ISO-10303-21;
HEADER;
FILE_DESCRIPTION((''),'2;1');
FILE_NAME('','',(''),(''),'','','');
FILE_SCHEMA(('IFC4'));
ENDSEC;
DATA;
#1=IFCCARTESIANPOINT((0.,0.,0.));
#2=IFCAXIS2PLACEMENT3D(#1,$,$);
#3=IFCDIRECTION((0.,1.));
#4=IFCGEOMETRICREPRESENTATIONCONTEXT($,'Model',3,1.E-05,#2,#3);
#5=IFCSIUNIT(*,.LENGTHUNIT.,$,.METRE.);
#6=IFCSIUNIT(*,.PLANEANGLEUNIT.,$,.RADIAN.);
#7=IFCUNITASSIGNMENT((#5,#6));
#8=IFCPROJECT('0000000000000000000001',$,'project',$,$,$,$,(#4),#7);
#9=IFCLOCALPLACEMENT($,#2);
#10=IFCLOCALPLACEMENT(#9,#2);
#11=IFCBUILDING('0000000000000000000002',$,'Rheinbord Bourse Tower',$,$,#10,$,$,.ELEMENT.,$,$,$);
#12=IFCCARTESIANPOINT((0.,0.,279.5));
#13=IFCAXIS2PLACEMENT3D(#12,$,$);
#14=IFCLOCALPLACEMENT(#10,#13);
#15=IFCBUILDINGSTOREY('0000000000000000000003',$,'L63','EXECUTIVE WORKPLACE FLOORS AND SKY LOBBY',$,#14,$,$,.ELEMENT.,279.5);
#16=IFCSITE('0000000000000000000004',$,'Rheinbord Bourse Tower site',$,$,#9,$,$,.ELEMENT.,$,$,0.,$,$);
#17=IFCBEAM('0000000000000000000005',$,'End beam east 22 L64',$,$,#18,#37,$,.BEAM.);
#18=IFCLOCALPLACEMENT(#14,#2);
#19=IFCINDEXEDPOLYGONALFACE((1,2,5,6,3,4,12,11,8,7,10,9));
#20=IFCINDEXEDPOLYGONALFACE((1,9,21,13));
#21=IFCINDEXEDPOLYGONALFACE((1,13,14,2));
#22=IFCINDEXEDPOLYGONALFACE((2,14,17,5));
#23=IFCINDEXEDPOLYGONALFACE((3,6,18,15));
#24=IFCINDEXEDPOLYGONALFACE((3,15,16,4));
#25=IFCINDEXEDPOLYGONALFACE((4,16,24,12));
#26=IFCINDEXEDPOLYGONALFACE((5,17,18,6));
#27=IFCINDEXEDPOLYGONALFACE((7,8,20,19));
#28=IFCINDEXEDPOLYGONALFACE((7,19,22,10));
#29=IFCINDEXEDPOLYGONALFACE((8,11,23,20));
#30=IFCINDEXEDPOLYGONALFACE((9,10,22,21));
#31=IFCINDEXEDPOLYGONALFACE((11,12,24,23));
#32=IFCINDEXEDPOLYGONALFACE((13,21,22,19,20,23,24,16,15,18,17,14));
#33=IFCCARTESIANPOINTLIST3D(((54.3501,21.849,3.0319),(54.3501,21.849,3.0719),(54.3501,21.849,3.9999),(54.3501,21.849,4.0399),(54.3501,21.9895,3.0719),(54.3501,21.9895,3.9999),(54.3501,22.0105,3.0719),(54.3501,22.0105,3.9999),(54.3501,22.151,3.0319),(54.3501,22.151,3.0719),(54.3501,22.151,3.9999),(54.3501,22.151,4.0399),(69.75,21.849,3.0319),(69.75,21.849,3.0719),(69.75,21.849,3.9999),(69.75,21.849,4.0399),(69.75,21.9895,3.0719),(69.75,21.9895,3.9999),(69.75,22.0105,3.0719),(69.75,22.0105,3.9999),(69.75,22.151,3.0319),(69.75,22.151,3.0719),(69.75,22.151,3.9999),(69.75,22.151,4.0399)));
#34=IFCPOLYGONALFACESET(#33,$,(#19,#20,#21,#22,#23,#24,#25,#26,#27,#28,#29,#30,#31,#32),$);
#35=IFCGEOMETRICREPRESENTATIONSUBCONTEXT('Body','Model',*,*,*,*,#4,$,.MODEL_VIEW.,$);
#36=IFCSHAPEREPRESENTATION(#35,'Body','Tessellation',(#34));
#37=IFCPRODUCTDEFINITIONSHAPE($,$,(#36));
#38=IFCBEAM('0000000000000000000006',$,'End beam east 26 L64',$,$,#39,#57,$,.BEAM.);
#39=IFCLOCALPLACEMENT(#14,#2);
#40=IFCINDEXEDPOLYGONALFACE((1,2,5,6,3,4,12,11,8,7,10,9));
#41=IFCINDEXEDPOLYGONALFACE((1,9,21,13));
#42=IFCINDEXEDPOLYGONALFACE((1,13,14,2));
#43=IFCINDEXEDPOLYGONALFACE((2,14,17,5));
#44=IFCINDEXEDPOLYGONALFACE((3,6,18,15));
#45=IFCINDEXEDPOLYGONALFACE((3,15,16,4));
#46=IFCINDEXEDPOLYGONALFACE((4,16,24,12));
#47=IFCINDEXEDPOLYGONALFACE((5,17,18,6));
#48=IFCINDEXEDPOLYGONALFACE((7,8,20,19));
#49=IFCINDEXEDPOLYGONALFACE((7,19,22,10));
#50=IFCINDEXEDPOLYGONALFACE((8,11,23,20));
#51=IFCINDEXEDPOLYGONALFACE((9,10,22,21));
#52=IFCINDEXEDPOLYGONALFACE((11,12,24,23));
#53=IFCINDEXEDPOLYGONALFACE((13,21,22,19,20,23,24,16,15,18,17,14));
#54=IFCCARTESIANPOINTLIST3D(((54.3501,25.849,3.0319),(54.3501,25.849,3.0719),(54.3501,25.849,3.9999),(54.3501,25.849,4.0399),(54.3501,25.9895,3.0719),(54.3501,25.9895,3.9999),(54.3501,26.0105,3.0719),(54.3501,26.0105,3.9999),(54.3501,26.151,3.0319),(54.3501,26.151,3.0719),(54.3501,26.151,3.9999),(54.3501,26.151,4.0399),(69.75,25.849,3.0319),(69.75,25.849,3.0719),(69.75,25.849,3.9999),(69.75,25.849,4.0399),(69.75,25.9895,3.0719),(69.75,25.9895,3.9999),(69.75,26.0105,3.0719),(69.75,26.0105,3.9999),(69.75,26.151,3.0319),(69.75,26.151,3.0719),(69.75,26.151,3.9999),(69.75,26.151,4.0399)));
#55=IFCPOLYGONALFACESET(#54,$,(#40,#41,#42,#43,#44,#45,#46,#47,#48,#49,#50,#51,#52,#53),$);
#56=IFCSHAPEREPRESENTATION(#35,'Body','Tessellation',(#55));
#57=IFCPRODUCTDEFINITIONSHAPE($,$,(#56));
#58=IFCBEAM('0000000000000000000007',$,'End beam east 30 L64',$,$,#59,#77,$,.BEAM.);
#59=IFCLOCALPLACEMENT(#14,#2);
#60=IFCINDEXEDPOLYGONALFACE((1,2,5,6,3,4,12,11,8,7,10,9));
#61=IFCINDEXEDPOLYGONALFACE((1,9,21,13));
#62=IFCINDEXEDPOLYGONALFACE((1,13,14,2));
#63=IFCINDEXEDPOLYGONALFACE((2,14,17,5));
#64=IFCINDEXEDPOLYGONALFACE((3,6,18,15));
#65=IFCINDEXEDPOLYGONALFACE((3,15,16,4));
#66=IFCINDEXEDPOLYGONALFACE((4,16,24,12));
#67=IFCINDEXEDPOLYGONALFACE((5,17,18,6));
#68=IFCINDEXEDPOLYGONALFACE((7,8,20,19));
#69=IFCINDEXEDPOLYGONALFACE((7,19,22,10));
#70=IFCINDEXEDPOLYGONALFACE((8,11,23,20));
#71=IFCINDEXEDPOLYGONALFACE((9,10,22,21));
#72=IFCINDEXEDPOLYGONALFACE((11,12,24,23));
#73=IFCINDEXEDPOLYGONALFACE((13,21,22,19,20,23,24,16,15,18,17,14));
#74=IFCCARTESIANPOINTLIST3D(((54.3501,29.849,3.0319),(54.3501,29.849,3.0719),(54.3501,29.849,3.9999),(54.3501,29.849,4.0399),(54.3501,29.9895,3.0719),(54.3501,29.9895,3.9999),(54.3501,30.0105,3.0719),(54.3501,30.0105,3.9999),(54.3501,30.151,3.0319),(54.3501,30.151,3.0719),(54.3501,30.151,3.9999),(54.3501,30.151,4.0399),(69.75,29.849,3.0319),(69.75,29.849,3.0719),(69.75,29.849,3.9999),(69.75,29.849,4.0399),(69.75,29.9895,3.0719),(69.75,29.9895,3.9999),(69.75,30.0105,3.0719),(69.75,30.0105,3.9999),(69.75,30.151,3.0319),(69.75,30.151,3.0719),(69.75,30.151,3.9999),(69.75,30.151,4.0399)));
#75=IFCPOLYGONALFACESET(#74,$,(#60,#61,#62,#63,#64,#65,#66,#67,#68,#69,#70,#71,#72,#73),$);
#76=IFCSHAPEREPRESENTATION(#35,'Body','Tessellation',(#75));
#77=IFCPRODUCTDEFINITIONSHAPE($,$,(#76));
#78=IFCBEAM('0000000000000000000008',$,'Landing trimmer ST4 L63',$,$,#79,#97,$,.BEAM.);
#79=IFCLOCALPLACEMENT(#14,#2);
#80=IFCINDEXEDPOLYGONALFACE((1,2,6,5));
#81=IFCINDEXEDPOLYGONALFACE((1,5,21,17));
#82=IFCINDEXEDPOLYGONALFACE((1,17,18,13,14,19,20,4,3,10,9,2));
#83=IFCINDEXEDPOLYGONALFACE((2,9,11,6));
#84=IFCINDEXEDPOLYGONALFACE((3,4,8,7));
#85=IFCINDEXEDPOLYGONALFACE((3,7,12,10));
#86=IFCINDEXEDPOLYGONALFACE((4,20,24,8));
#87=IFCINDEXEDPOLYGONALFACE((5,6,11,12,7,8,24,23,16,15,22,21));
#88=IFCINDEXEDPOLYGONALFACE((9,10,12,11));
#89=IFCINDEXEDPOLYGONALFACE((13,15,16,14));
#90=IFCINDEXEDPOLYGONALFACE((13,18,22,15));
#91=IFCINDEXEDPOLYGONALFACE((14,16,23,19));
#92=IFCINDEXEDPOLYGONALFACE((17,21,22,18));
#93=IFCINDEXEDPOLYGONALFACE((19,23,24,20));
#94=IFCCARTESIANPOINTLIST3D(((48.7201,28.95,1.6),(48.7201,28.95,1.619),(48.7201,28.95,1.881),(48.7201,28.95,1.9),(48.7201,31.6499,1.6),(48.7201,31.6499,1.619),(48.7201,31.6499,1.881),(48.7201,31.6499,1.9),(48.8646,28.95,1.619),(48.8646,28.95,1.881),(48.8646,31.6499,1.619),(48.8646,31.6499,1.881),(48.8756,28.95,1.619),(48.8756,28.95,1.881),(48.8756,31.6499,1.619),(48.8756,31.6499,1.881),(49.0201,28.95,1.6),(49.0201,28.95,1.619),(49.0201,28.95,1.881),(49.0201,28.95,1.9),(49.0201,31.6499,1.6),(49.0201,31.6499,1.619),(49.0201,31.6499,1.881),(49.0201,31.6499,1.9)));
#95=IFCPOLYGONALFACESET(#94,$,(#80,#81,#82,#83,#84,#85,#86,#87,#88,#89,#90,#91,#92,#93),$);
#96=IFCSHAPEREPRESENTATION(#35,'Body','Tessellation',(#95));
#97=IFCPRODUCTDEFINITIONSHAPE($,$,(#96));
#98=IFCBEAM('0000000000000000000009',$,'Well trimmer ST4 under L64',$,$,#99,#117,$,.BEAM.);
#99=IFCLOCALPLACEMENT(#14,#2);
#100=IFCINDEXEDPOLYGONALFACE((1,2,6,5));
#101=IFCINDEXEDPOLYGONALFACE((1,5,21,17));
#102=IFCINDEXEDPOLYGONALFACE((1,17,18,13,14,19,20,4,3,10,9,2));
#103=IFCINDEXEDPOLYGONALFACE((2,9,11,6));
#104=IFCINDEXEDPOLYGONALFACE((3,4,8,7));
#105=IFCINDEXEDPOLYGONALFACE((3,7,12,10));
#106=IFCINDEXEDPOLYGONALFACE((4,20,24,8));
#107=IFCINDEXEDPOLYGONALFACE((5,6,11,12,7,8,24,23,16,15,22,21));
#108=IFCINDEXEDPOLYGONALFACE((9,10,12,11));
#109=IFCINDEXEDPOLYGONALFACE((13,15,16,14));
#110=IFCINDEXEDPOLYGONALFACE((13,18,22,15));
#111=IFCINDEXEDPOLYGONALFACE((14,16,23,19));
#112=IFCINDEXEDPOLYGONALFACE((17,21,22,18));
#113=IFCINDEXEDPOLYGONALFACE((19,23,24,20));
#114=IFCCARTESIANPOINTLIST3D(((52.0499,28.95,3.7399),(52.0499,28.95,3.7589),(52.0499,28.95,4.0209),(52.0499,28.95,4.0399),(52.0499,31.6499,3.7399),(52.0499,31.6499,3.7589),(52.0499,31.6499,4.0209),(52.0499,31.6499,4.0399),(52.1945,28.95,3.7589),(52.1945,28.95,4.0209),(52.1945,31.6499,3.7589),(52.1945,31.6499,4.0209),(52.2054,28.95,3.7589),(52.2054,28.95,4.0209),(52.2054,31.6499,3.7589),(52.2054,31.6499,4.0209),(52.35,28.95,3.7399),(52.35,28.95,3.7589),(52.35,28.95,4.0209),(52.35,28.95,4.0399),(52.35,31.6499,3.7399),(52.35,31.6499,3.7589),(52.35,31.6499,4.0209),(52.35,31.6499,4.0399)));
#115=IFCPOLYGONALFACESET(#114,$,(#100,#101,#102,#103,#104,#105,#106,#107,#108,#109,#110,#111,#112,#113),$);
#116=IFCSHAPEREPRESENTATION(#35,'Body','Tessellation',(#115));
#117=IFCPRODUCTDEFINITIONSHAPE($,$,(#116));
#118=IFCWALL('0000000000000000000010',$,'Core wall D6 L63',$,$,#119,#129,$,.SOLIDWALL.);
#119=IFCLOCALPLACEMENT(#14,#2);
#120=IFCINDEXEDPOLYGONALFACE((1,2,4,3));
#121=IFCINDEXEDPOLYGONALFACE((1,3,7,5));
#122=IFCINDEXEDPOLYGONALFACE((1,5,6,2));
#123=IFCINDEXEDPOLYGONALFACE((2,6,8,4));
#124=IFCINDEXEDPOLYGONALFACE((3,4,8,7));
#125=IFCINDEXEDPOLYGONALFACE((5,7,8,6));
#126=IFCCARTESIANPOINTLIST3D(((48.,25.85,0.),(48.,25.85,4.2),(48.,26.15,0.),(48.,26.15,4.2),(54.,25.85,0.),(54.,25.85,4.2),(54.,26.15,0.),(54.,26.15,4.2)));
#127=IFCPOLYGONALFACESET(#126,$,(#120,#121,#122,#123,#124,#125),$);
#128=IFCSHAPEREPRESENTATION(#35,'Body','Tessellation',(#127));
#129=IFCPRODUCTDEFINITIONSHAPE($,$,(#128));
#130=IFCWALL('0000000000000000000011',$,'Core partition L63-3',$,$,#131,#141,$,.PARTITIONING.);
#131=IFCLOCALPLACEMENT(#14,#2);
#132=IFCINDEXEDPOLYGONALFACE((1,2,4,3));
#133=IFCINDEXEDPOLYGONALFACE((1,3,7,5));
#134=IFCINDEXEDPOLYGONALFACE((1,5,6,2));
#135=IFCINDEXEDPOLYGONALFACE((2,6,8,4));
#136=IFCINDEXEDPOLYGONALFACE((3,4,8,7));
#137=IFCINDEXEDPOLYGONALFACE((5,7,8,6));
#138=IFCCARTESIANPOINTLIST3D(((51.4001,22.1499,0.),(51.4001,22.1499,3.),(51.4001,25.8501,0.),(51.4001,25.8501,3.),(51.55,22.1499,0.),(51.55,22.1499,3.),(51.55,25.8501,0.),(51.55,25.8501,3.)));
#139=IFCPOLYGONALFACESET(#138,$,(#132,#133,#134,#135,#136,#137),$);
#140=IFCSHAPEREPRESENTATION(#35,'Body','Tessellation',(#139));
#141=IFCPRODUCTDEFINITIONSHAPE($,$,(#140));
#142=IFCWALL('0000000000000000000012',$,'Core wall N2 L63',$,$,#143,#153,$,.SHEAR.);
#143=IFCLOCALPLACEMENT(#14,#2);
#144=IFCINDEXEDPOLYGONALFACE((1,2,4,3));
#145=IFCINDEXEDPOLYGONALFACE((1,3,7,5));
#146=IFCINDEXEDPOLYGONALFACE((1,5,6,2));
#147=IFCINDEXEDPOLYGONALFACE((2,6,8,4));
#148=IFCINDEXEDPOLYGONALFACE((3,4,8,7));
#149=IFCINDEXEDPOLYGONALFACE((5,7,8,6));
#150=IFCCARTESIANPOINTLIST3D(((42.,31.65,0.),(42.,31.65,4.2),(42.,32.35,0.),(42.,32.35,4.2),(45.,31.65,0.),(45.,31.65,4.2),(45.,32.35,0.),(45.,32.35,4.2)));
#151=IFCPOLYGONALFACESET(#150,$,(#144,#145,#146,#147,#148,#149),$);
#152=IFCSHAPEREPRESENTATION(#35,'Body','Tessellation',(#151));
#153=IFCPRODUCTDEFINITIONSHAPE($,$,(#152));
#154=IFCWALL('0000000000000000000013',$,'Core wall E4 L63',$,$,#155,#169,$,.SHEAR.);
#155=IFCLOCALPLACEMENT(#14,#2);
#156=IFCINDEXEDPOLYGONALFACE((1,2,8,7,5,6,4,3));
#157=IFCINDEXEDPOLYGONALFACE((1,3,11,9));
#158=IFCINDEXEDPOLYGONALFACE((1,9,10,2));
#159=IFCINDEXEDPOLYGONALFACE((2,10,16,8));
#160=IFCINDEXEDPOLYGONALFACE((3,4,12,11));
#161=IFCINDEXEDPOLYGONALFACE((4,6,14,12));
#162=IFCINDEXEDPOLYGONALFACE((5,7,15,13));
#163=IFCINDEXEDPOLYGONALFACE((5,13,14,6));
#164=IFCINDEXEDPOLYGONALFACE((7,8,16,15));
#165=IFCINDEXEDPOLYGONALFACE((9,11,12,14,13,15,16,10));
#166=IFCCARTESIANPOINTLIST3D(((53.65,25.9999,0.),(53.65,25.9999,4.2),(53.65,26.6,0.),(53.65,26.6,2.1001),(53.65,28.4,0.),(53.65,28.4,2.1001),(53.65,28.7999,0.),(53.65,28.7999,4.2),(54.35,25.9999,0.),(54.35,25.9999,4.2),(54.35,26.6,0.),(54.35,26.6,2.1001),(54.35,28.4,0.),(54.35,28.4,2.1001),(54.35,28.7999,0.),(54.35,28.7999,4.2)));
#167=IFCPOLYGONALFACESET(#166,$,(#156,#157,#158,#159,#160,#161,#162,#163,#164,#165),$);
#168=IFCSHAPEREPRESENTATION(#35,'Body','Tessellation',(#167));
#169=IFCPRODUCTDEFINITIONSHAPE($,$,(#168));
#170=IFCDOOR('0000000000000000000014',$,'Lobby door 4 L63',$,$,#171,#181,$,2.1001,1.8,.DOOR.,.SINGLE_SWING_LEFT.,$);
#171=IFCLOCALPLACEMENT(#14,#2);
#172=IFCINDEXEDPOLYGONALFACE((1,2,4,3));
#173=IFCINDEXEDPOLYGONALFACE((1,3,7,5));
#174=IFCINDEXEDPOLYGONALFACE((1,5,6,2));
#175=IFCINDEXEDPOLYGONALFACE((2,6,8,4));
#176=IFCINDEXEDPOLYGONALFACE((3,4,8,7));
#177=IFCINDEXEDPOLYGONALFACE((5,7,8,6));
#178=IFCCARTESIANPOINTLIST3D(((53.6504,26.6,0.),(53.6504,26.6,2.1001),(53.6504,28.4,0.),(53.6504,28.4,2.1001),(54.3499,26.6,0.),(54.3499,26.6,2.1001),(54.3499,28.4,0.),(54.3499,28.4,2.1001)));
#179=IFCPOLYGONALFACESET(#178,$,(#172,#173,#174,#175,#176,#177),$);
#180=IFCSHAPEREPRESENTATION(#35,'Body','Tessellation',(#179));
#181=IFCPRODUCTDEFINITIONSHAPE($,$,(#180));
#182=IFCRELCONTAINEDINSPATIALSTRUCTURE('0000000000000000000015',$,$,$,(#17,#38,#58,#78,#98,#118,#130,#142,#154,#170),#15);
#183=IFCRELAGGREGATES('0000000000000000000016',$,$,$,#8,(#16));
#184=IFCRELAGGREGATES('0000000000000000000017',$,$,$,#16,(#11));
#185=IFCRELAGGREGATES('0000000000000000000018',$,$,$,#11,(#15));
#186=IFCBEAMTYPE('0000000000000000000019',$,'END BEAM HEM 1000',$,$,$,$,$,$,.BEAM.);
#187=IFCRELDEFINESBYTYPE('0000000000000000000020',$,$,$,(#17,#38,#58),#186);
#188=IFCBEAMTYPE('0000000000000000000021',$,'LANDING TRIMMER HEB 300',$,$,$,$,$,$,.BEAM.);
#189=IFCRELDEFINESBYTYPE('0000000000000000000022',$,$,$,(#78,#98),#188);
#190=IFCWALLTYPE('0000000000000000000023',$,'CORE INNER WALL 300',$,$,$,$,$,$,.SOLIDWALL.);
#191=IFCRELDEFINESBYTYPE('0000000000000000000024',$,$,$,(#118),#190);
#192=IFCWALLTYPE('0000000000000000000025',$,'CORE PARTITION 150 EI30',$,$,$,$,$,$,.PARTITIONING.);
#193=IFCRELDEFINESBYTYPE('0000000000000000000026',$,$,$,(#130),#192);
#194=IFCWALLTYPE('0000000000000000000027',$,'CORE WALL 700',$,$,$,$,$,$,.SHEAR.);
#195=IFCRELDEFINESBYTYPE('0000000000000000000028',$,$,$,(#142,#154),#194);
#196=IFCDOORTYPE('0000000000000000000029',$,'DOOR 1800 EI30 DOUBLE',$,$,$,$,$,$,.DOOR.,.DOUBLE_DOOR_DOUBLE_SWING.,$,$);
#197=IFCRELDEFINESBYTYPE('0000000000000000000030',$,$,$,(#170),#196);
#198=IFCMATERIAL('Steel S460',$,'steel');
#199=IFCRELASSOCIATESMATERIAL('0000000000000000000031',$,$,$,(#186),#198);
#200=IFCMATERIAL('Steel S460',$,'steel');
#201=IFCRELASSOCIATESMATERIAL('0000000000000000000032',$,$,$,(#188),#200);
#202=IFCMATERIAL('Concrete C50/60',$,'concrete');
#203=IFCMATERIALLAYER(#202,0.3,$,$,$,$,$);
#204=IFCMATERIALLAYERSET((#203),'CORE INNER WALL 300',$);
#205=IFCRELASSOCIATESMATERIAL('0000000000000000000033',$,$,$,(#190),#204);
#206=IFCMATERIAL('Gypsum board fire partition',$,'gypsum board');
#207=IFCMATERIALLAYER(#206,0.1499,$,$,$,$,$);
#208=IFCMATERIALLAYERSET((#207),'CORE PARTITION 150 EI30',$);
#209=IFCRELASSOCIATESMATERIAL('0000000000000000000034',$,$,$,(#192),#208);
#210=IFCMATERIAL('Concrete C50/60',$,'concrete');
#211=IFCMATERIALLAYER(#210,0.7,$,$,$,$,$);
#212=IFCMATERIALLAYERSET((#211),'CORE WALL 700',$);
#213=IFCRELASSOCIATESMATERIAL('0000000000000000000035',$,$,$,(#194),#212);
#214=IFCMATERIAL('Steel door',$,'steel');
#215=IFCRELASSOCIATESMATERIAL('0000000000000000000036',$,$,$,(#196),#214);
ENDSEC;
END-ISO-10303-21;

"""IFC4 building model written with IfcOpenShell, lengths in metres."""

from ifc_helpers import new_model, si_unit, direction, frame, frame_2d, origin, origin_2d, place, context, subcontext, project, spatial, rectangle, i_section, extrude, material, layer, layer_set, material_profile, profile_set, type_object, element, fill, save


model = new_model("IFC4")

# Units and contexts
model_context = context("Model", 3, precision=1e-05, world=origin(), true_north=direction((0.0, 1.0)))
body_context = subcontext(model_context, "Body", "Model", "MODEL_VIEW")
ifc_project = project(units=[si_unit("LENGTHUNIT", "METRE"), si_unit("PLANEANGLEUNIT", "RADIAN")], contexts=[model_context])

# Site, building, storey
site_placement = place(None, origin())
site = spatial("IfcSite", under=ifc_project, at=site_placement, Name="Rheinbord Bourse Tower site", CompositionType="ELEMENT", RefElevation=0.0)
building_placement = place(site_placement, origin())
building = spatial("IfcBuilding", under=site, at=building_placement, Name="Rheinbord Bourse Tower", CompositionType="ELEMENT")
storey_placement = place(building_placement, frame((0.0, 0.0, 279.5)))
storey = spatial("IfcBuildingStorey", under=building, at=storey_placement, Name="L63", Description="EXECUTIVE WORKPLACE FLOORS AND SKY LOBBY", CompositionType="ELEMENT", Elevation=279.5)

# Beams
ifc_material_1 = material(Name="Steel S460", Category="steel")
ifc_material_profile_1 = material_profile(ifc_material_1, i_section(OverallWidth=0.302, OverallDepth=1.0081, WebThickness=0.021, FlangeThickness=0.04, at=origin_2d()), Name="HEM 1000")
ifc_profile_set_1 = profile_set([ifc_material_profile_1], Name="Steel S460")
beam_type_1 = type_object("IfcBeamType", Name="END BEAM HEM 1000", PredefinedType="BEAM", material=ifc_profile_set_1)
for number, where, z_axis, x_axis, name in (
    (1, (54.3501, 22.0, 3.5359), (1.0, 0.0, 0.0), (0.0, 1.0, 0.0), "End beam east 22 L64"),
    (2, (54.3501, 26.0, 3.5359), (1.0, 0.0, 0.0), (0.0, 1.0, 0.0), "End beam east 26 L64"),
    (3, (54.3501, 30.0, 3.5359), (1.0, 0.0, 0.0), (0.0, 1.0, 0.0), "End beam east 30 L64"),
):
    element("IfcBeam", number, at=place(storey_placement, frame(where, z_axis=z_axis, x_axis=x_axis)), inside=storey, type_object=beam_type_1, Name=name, PredefinedType="BEAM", context=body_context, shape_type="SweptSolid", body=[
        extrude(i_section(OverallWidth=0.302, OverallDepth=1.0081, WebThickness=0.021, FlangeThickness=0.04, at=origin_2d()), origin(), (0.0, 0.0, 1.0), 15.3999),
    ])
ifc_material_2 = material(Name="Steel S460", Category="steel")
ifc_material_profile_2 = material_profile(ifc_material_2, i_section(OverallWidth=0.3, OverallDepth=0.3, WebThickness=0.011, FlangeThickness=0.019, at=origin_2d()), Name="HEB 300")
ifc_profile_set_2 = profile_set([ifc_material_profile_2], Name="Steel S460")
beam_type_2 = type_object("IfcBeamType", Name="LANDING TRIMMER HEB 300", PredefinedType="BEAM", material=ifc_profile_set_2)
for number, where, z_axis, x_axis, name in (
    (4, (48.8701, 28.95, 1.75), (0.0, 1.0, 0.0), (-1.0, 0.0, 0.0), "Landing trimmer ST4 L63"),
    (5, (52.2, 28.95, 3.8899), (0.0, 1.0, 0.0), (-1.0, 0.0, 0.0), "Well trimmer ST4 under L64"),
):
    element("IfcBeam", number, at=place(storey_placement, frame(where, z_axis=z_axis, x_axis=x_axis)), inside=storey, type_object=beam_type_2, Name=name, PredefinedType="BEAM", context=body_context, shape_type="SweptSolid", body=[
        extrude(i_section(OverallWidth=0.3, OverallDepth=0.3, WebThickness=0.011, FlangeThickness=0.019, at=origin_2d()), origin(), (0.0, 0.0, 1.0), 2.7),
    ])

# Walls
ifc_material_3 = material(Name="Concrete C50/60", Category="concrete")
ifc_layer_1 = layer(ifc_material_3, 0.3)
ifc_layer_set_1 = layer_set([ifc_layer_1], Name="CORE INNER WALL 300")
wall_type_1 = type_object("IfcWallType", Name="CORE INNER WALL 300", PredefinedType="SOLIDWALL", material=ifc_layer_set_1)
wall_1_placement = place(storey_placement, frame((48.0, 26.0, 0.0), z_axis=(0.0, 0.0, 1.0), x_axis=(1.0, 0.0, 0.0)))
element("IfcWall", 6, at=wall_1_placement, inside=storey, type_object=wall_type_1, Name="Core wall D6 L63", PredefinedType="SOLIDWALL", context=body_context, shape_type="SweptSolid", body=[
    extrude(rectangle(XDim=6.0, YDim=0.3, at=frame_2d((3.0, 0.0))), origin(), (0.0, 0.0, 1.0), 4.2),
])
ifc_material_4 = material(Name="Gypsum board fire partition", Category="gypsum board")
ifc_layer_2 = layer(ifc_material_4, 0.1499)
ifc_layer_set_2 = layer_set([ifc_layer_2], Name="CORE PARTITION 150 EI30")
wall_type_2 = type_object("IfcWallType", Name="CORE PARTITION 150 EI30", PredefinedType="PARTITIONING", material=ifc_layer_set_2)
wall_2_placement = place(storey_placement, frame((51.4751, 22.1499, 0.0), z_axis=(0.0, 0.0, 1.0), x_axis=(0.0, 1.0, 0.0)))
element("IfcWall", 7, at=wall_2_placement, inside=storey, type_object=wall_type_2, Name="Core partition L63-3", PredefinedType="PARTITIONING", context=body_context, shape_type="SweptSolid", body=[
    extrude(rectangle(XDim=3.7002, YDim=0.1499, at=frame_2d((1.8501, 0.0))), origin(), (0.0, 0.0, 1.0), 3.0),
])
ifc_material_5 = material(Name="Concrete C50/60", Category="concrete")
ifc_layer_3 = layer(ifc_material_5, 0.7)
ifc_layer_set_3 = layer_set([ifc_layer_3], Name="CORE WALL 700")
wall_type_3 = type_object("IfcWallType", Name="CORE WALL 700", PredefinedType="SHEAR", material=ifc_layer_set_3)
wall_3_placement = place(storey_placement, frame((45.0, 32.0, 0.0), z_axis=(0.0, 0.0, 1.0), x_axis=(-1.0, 0.0, 0.0)))
element("IfcWall", 8, at=wall_3_placement, inside=storey, type_object=wall_type_3, Name="Core wall N2 L63", PredefinedType="SHEAR", context=body_context, shape_type="SweptSolid", body=[
    extrude(rectangle(XDim=3.0, YDim=0.7, at=frame_2d((1.5, 0.0))), origin(), (0.0, 0.0, 1.0), 4.2),
])

# Wall, opening, door
wall_4_placement = place(storey_placement, frame((54.0, 26.0, 0.0), z_axis=(0.0, 0.0, 1.0), x_axis=(0.0, 1.0, 0.0)))
wall_4 = element("IfcWall", 9, at=wall_4_placement, inside=storey, type_object=wall_type_3, Name="Core wall E4 L63", PredefinedType="SHEAR", context=body_context, shape_type="SweptSolid", body=[
    extrude(rectangle(XDim=2.8, YDim=0.7, at=frame_2d((1.3999, 0.0))), origin(), (0.0, 0.0, 1.0), 4.2),
])
opening_1_placement = place(wall_4_placement, frame((0.6001, 0.0, 0.0)))
opening_1 = element("IfcOpeningElement", 10, at=opening_1_placement, cuts=wall_4, PredefinedType="OPENING", context=body_context, shape_type="SweptSolid", body=[
    extrude(rectangle(XDim=1.8, YDim=2.1001, at=frame_2d((0.8999, 1.05))), frame((0.0, 0.3599, 0.0), z_axis=(0.0, -1.0, 0.0), x_axis=(1.0, 0.0, 0.0)), (0.0, 0.0, 1.0), 0.72),
])
ifc_material_6 = material(Name="Steel door", Category="steel")
door_type_1 = type_object("IfcDoorType", Name="DOOR 1800 EI30 DOUBLE", OperationType="DOUBLE_DOOR_DOUBLE_SWING", PredefinedType="DOOR", material=ifc_material_6)
door_1_placement = place(opening_1_placement, origin())
door_1 = element("IfcDoor", 11, at=door_1_placement, inside=storey, type_object=door_type_1, Name="Lobby door 4 L63", OperationType="SINGLE_SWING_LEFT", OverallHeight=2.1001, OverallWidth=1.8, PredefinedType="DOOR", context=body_context, shape_type="SweptSolid", body=[
    extrude(rectangle(XDim=1.8, YDim=2.1001, at=frame_2d((0.8999, 1.05))), frame((0.0, 0.3496, 0.0), z_axis=(0.0, -1.0, 0.0), x_axis=(1.0, 0.0, 0.0)), (0.0, 0.0, 1.0), 0.6995),
])
fill(opening_1, door_1)

save(model, "model.ifc")
